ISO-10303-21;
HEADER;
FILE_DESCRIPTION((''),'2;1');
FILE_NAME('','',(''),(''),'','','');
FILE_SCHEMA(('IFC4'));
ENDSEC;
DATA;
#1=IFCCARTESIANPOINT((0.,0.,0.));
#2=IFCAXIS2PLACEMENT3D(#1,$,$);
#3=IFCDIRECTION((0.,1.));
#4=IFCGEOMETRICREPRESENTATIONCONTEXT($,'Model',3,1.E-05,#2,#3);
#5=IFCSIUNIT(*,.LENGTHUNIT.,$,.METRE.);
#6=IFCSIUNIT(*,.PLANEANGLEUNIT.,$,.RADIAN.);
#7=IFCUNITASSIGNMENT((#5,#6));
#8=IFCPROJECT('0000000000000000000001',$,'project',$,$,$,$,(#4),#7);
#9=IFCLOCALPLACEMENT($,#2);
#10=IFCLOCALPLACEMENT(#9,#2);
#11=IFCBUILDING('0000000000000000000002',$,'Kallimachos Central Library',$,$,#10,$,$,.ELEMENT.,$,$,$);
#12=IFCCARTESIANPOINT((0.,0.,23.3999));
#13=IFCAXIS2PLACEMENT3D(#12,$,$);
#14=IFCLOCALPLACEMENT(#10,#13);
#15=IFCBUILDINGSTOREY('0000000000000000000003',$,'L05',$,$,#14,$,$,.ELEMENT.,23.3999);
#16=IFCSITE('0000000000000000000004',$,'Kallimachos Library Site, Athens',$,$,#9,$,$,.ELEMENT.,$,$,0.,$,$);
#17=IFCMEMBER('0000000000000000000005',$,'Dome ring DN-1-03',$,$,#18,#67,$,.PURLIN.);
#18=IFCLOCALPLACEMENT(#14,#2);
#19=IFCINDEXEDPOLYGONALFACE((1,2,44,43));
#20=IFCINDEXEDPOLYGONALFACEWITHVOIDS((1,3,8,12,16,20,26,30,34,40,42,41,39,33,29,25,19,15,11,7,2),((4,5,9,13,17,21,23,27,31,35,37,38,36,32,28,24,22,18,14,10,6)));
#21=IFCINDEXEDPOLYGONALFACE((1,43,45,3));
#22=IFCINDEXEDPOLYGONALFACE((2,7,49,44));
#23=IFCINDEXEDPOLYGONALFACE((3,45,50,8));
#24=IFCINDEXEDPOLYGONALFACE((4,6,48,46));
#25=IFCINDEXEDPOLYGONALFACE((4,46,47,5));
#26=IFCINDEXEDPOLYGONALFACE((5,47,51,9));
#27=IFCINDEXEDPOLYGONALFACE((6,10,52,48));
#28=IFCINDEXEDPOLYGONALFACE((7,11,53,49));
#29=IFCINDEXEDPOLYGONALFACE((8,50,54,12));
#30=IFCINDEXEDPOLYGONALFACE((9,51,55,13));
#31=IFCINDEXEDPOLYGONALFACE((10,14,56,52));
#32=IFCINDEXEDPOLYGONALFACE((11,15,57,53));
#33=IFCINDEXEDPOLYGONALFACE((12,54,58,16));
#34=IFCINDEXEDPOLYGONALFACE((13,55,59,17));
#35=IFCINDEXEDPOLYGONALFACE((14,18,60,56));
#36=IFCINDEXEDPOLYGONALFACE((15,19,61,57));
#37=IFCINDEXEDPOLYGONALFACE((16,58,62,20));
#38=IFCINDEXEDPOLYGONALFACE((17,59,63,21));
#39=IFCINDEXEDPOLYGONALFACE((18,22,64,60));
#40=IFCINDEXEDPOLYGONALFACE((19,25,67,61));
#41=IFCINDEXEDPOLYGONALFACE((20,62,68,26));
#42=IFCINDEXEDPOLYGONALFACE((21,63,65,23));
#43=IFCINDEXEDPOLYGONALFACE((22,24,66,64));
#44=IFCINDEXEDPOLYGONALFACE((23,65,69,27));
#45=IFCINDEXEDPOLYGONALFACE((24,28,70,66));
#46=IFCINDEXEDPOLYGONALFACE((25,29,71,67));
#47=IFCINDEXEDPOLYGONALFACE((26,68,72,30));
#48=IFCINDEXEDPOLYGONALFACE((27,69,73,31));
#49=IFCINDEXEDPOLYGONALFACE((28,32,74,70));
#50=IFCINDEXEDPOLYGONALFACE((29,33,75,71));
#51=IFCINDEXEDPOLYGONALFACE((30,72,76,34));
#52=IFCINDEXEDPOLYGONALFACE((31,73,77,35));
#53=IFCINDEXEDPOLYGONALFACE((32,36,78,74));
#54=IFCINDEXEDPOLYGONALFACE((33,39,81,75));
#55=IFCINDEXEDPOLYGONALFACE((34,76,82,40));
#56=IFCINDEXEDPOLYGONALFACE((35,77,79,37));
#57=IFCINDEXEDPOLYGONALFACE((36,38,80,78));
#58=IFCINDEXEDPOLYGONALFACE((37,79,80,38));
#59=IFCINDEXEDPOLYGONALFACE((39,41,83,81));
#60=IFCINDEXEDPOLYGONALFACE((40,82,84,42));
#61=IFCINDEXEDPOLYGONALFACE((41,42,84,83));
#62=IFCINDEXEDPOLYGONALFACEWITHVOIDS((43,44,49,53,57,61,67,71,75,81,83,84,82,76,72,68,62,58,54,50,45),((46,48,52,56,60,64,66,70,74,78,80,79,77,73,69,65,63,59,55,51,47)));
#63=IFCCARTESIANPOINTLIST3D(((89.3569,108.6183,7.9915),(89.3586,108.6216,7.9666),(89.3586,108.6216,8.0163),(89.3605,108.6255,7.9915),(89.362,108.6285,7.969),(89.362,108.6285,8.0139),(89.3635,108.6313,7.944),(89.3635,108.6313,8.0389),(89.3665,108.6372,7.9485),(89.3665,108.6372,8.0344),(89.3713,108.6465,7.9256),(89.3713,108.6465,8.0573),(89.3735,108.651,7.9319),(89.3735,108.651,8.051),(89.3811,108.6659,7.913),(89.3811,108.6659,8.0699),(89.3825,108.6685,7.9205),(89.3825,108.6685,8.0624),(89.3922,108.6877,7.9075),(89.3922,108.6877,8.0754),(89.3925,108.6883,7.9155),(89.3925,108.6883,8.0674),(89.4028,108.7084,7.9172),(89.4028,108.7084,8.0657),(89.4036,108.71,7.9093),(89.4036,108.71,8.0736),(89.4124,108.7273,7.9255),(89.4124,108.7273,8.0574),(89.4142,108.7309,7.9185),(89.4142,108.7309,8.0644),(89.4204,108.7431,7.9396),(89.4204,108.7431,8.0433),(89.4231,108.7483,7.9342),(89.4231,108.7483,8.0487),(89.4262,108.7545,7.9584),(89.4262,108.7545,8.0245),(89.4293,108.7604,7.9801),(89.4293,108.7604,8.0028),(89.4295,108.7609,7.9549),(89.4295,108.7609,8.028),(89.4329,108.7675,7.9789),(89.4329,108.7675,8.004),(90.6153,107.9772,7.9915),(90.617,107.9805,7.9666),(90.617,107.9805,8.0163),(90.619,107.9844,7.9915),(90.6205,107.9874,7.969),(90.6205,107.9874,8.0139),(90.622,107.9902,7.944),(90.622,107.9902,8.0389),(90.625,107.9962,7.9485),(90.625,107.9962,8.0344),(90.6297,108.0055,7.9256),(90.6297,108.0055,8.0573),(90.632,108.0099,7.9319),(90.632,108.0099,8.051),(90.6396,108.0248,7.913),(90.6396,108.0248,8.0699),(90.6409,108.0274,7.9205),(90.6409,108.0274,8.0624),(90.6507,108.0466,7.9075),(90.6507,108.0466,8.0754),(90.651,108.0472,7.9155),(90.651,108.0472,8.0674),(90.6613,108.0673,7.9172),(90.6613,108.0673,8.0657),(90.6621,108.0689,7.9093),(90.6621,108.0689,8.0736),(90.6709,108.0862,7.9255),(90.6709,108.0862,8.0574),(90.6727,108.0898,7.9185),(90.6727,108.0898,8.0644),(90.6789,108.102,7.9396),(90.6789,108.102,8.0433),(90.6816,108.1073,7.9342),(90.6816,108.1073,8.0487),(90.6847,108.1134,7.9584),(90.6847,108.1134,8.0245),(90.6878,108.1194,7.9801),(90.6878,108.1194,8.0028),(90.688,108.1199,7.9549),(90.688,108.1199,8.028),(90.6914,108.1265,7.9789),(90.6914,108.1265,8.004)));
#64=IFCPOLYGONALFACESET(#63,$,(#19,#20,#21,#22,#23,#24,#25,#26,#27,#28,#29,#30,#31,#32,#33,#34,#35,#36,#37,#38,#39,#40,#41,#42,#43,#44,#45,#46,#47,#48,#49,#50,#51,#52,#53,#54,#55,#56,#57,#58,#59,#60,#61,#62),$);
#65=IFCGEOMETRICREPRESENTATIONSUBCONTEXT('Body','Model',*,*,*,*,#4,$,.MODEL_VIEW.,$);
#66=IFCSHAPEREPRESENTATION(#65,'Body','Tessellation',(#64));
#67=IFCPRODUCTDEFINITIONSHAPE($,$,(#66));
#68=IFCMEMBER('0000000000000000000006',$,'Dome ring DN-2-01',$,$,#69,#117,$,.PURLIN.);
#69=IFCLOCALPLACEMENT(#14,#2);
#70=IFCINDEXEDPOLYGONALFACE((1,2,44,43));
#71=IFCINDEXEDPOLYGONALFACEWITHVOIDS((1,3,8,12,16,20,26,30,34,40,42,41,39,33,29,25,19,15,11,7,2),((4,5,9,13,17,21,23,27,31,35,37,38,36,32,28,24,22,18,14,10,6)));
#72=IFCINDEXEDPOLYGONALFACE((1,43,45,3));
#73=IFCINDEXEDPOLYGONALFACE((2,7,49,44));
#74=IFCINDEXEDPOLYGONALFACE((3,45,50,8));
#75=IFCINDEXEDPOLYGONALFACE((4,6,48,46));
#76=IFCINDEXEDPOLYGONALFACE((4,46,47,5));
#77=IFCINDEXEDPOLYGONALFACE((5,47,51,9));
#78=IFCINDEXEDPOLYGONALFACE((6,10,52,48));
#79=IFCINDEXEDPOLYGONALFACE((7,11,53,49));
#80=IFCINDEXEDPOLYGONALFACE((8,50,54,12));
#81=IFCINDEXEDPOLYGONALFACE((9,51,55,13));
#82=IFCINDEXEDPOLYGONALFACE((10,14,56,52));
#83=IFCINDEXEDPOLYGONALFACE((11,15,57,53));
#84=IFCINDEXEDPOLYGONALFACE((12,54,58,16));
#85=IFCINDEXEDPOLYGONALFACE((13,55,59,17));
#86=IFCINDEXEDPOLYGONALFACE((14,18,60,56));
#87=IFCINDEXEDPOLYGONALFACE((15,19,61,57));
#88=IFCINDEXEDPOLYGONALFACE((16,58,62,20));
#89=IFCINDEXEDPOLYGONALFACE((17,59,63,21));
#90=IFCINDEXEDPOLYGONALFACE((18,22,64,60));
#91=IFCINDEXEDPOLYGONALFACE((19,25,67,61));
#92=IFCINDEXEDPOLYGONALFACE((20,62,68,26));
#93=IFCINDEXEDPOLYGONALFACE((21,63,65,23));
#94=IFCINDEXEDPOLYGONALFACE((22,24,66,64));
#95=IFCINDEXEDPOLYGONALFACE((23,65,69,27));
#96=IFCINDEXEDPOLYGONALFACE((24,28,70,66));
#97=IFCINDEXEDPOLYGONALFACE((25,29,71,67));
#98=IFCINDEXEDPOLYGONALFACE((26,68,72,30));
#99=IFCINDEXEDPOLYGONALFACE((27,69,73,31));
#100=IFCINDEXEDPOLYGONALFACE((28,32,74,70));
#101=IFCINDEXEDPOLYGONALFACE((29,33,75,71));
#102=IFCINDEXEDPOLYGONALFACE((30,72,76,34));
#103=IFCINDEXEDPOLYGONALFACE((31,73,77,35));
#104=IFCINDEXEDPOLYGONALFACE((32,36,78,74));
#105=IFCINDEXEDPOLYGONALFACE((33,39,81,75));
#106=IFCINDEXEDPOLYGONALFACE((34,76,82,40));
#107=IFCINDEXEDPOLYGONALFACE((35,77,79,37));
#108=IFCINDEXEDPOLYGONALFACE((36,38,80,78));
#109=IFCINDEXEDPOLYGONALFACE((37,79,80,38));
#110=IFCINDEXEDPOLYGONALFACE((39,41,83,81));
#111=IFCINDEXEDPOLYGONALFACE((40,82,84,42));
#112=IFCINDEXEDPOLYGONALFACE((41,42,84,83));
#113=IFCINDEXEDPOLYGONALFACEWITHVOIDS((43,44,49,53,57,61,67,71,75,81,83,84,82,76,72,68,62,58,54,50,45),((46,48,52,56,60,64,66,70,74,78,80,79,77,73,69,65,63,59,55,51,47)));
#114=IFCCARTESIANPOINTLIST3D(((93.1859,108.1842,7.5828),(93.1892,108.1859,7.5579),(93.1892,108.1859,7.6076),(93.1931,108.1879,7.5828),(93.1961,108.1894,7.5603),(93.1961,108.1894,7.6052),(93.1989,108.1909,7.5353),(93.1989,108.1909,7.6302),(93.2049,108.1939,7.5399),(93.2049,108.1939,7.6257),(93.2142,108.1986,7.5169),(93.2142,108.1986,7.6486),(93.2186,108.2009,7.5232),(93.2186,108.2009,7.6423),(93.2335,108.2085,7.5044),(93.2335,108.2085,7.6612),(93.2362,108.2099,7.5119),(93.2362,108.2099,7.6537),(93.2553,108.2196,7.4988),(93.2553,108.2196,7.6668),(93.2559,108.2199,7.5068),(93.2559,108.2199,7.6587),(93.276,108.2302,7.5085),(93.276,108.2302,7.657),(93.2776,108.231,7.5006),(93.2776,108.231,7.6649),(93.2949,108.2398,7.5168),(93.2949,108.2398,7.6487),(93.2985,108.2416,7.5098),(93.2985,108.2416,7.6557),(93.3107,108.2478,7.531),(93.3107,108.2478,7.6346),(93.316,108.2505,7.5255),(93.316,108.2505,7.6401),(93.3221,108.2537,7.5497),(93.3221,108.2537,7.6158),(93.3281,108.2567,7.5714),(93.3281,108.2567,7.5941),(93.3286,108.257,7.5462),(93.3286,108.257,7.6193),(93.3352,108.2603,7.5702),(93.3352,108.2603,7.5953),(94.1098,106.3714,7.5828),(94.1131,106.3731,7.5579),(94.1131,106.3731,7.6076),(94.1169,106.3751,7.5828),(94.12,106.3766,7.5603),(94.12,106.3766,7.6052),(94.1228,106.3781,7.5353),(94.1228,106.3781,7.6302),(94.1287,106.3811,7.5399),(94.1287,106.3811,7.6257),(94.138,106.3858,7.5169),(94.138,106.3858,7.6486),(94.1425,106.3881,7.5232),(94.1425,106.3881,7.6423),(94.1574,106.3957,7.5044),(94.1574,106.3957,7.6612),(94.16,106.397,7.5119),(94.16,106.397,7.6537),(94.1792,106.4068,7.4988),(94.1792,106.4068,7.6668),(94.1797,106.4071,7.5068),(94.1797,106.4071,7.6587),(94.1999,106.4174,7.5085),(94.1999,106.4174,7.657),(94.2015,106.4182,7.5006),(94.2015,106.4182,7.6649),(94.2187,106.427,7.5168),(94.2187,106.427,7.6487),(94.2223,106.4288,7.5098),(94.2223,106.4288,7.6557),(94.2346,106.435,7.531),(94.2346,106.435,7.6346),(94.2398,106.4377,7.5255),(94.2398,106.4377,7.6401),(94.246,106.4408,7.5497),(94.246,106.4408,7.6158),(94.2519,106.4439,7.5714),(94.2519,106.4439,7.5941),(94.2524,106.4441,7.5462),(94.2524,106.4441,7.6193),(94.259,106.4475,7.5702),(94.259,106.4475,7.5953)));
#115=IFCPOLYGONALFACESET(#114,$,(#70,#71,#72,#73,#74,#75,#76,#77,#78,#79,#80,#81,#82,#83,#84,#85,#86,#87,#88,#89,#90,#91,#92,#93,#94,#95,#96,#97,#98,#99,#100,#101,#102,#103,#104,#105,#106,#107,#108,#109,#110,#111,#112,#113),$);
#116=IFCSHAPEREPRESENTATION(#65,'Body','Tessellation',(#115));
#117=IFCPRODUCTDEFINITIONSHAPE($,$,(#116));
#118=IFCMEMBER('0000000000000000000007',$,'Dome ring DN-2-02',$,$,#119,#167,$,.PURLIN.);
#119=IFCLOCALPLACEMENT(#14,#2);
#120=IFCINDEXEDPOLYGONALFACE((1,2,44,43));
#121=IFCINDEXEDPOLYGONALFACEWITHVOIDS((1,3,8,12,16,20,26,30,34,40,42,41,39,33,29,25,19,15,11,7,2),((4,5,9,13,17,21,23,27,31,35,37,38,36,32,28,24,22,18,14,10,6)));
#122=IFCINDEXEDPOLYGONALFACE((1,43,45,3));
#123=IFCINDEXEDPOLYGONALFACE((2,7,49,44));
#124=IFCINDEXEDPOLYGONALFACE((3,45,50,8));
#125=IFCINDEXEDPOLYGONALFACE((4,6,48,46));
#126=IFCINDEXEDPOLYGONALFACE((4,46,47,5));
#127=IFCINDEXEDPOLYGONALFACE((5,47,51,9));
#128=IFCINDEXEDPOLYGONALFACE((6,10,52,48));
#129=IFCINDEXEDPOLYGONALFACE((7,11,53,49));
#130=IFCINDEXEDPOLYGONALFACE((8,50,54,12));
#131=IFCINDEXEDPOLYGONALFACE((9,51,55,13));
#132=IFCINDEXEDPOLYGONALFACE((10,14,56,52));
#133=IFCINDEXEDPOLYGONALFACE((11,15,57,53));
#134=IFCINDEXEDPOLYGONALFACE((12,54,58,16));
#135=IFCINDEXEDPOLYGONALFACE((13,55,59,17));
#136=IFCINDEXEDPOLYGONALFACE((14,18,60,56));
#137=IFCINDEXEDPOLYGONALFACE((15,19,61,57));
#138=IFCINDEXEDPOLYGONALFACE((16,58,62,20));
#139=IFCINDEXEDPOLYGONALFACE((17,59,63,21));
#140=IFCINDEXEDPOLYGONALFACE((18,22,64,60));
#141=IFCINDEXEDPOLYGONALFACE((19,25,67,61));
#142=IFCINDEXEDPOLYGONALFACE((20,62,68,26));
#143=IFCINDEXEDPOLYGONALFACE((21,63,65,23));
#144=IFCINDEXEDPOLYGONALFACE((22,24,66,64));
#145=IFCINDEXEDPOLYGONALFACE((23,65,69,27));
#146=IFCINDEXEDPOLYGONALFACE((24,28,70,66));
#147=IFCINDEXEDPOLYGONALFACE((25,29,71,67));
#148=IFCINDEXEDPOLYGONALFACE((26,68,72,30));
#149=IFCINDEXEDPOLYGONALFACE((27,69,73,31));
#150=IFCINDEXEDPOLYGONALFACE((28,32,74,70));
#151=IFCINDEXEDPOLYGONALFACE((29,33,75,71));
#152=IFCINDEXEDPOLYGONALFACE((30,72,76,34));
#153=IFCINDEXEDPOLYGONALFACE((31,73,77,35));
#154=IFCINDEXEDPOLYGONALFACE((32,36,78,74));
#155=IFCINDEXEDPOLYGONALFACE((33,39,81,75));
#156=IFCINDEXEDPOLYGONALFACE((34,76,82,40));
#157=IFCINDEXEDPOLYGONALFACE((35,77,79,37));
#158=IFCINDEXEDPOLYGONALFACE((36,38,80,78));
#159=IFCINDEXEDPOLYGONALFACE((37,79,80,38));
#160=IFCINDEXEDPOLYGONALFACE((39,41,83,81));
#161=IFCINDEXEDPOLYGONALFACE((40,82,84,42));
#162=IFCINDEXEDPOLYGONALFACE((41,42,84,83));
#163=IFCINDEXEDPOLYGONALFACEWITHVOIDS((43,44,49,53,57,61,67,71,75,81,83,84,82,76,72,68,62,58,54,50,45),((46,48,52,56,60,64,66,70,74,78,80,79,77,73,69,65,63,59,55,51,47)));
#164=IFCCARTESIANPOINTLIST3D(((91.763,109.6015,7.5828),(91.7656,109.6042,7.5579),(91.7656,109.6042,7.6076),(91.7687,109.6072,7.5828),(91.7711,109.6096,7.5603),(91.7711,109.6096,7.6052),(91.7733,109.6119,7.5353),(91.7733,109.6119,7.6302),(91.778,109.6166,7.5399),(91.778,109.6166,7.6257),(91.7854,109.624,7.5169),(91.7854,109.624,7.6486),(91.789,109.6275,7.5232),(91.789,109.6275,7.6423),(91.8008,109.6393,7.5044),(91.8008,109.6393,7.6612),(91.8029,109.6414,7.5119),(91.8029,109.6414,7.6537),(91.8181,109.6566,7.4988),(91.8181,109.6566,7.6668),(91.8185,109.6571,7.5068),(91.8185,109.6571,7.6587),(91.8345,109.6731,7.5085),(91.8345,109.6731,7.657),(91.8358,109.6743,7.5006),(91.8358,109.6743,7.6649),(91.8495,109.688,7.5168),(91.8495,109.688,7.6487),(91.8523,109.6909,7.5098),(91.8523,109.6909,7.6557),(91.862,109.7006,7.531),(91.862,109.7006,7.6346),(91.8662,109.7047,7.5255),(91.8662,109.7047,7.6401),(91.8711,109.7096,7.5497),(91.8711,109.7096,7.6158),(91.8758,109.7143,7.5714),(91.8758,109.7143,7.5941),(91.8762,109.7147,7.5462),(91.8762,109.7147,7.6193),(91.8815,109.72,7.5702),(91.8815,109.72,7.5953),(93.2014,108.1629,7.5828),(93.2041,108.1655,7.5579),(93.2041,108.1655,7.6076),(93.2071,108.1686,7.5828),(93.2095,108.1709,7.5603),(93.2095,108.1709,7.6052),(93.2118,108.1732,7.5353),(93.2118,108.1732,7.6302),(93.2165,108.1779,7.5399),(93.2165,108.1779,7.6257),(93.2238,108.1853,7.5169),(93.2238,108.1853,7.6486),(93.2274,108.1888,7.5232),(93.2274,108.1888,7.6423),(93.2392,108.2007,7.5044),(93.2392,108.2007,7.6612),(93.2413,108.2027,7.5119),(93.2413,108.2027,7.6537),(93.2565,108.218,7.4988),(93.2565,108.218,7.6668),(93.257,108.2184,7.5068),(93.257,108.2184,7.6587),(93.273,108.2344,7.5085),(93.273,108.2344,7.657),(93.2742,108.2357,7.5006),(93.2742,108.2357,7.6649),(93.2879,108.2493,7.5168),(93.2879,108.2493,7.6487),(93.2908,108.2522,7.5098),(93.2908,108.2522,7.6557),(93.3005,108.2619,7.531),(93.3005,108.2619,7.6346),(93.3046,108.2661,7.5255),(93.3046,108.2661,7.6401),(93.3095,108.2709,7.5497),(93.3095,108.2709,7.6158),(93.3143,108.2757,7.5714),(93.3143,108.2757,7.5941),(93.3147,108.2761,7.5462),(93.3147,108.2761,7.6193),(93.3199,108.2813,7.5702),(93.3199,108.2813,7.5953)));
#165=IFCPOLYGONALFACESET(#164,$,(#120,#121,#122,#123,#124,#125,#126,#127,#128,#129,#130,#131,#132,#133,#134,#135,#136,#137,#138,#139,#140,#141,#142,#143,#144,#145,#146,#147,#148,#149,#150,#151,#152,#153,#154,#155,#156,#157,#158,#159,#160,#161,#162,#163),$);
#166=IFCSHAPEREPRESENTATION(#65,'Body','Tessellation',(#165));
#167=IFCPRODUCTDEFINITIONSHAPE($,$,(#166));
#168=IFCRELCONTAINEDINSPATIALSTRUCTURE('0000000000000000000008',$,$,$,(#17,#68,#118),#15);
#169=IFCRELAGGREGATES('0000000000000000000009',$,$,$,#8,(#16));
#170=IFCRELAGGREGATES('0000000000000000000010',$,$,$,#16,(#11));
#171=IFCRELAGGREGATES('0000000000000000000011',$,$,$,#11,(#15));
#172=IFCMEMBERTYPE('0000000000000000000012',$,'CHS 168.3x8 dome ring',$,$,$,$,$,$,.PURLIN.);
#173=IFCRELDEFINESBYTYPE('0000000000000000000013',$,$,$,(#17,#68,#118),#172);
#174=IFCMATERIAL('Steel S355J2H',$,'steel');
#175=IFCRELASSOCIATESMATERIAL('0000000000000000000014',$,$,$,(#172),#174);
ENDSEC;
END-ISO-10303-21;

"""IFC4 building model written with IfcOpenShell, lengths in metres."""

from ifc_helpers import new_model, si_unit, direction, frame, origin, origin_2d, place, context, subcontext, project, spatial, hollow_circle, extrude, material, material_profile, profile_set, type_object, element, save


model = new_model("IFC4")

# Units and contexts
model_context = context("Model", 3, precision=1e-05, world=origin(), true_north=direction((0.0, 1.0)))
body_context = subcontext(model_context, "Body", "Model", "MODEL_VIEW")
ifc_project = project(units=[si_unit("LENGTHUNIT", "METRE"), si_unit("PLANEANGLEUNIT", "RADIAN")], contexts=[model_context])

# Site, building, storey
site_placement = place(None, origin())
site = spatial("IfcSite", under=ifc_project, at=site_placement, Name="Kallimachos Library Site, Athens", CompositionType="ELEMENT", RefElevation=0.0)
building_placement = place(site_placement, origin())
building = spatial("IfcBuilding", under=site, at=building_placement, Name="Kallimachos Central Library", CompositionType="ELEMENT")
storey_placement = place(building_placement, frame((0.0, 0.0, 23.3999)))
storey = spatial("IfcBuildingStorey", under=building, at=storey_placement, Name="L05", CompositionType="ELEMENT", Elevation=23.3999)

# Members
ifc_material_1 = material(Name="Steel S355J2H", Category="steel")
ifc_material_profile_1 = material_profile(ifc_material_1, hollow_circle(Radius=0.0842, WallThickness=0.0081, at=origin_2d()), Name="CHS 168.3x8")
ifc_profile_set_1 = profile_set([ifc_material_profile_1], Name="Steel S355J2H")
member_type_1 = type_object("IfcMemberType", Name="CHS 168.3x8 dome ring", PredefinedType="PURLIN", material=ifc_profile_set_1)
for number, where, z_axis, x_axis, name in (
    (1, (90.6536, 108.0522, 7.9915), (-0.891049, 0.453908, 0.0), (-0.453908, -0.891049, 0.0), "Dome ring DN-1-03"),
):
    element("IfcMember", number, at=place(storey_placement, frame(where, z_axis=z_axis, x_axis=x_axis)), inside=storey, type_object=member_type_1, Name=name, PredefinedType="PURLIN", context=body_context, shape_type="SweptSolid", body=[
        extrude(hollow_circle(Radius=0.0842, WallThickness=0.0081, at=origin_2d()), origin(), (0.0, 0.0, 1.0), 1.4124),
    ])
member_1_placement = place(storey_placement, frame((94.1848, 106.4097, 7.5828), z_axis=(-0.454064, 0.890969, 0.0), x_axis=(-0.890969, -0.454064, 0.0)))
element("IfcMember", 2, at=member_1_placement, inside=storey, type_object=member_type_1, Name="Dome ring DN-2-01", PredefinedType="PURLIN", context=body_context, shape_type="SweptSolid", body=[
    extrude(hollow_circle(Radius=0.0842, WallThickness=0.0081, at=origin_2d()), origin(), (0.0, 0.0, 1.0), 2.0347),
])
member_2_placement = place(storey_placement, frame((93.261, 108.2224, 7.5828), z_axis=(-0.707047, 0.707167, 0.0), x_axis=(-0.707167, -0.707047, 0.0)))
element("IfcMember", 3, at=member_2_placement, inside=storey, type_object=member_type_1, Name="Dome ring DN-2-02", PredefinedType="PURLIN", context=body_context, shape_type="SweptSolid", body=[
    extrude(hollow_circle(Radius=0.0842, WallThickness=0.0081, at=origin_2d()), origin(), (0.0, 0.0, 1.0), 2.0344),
])

save(model, "model.ifc")
